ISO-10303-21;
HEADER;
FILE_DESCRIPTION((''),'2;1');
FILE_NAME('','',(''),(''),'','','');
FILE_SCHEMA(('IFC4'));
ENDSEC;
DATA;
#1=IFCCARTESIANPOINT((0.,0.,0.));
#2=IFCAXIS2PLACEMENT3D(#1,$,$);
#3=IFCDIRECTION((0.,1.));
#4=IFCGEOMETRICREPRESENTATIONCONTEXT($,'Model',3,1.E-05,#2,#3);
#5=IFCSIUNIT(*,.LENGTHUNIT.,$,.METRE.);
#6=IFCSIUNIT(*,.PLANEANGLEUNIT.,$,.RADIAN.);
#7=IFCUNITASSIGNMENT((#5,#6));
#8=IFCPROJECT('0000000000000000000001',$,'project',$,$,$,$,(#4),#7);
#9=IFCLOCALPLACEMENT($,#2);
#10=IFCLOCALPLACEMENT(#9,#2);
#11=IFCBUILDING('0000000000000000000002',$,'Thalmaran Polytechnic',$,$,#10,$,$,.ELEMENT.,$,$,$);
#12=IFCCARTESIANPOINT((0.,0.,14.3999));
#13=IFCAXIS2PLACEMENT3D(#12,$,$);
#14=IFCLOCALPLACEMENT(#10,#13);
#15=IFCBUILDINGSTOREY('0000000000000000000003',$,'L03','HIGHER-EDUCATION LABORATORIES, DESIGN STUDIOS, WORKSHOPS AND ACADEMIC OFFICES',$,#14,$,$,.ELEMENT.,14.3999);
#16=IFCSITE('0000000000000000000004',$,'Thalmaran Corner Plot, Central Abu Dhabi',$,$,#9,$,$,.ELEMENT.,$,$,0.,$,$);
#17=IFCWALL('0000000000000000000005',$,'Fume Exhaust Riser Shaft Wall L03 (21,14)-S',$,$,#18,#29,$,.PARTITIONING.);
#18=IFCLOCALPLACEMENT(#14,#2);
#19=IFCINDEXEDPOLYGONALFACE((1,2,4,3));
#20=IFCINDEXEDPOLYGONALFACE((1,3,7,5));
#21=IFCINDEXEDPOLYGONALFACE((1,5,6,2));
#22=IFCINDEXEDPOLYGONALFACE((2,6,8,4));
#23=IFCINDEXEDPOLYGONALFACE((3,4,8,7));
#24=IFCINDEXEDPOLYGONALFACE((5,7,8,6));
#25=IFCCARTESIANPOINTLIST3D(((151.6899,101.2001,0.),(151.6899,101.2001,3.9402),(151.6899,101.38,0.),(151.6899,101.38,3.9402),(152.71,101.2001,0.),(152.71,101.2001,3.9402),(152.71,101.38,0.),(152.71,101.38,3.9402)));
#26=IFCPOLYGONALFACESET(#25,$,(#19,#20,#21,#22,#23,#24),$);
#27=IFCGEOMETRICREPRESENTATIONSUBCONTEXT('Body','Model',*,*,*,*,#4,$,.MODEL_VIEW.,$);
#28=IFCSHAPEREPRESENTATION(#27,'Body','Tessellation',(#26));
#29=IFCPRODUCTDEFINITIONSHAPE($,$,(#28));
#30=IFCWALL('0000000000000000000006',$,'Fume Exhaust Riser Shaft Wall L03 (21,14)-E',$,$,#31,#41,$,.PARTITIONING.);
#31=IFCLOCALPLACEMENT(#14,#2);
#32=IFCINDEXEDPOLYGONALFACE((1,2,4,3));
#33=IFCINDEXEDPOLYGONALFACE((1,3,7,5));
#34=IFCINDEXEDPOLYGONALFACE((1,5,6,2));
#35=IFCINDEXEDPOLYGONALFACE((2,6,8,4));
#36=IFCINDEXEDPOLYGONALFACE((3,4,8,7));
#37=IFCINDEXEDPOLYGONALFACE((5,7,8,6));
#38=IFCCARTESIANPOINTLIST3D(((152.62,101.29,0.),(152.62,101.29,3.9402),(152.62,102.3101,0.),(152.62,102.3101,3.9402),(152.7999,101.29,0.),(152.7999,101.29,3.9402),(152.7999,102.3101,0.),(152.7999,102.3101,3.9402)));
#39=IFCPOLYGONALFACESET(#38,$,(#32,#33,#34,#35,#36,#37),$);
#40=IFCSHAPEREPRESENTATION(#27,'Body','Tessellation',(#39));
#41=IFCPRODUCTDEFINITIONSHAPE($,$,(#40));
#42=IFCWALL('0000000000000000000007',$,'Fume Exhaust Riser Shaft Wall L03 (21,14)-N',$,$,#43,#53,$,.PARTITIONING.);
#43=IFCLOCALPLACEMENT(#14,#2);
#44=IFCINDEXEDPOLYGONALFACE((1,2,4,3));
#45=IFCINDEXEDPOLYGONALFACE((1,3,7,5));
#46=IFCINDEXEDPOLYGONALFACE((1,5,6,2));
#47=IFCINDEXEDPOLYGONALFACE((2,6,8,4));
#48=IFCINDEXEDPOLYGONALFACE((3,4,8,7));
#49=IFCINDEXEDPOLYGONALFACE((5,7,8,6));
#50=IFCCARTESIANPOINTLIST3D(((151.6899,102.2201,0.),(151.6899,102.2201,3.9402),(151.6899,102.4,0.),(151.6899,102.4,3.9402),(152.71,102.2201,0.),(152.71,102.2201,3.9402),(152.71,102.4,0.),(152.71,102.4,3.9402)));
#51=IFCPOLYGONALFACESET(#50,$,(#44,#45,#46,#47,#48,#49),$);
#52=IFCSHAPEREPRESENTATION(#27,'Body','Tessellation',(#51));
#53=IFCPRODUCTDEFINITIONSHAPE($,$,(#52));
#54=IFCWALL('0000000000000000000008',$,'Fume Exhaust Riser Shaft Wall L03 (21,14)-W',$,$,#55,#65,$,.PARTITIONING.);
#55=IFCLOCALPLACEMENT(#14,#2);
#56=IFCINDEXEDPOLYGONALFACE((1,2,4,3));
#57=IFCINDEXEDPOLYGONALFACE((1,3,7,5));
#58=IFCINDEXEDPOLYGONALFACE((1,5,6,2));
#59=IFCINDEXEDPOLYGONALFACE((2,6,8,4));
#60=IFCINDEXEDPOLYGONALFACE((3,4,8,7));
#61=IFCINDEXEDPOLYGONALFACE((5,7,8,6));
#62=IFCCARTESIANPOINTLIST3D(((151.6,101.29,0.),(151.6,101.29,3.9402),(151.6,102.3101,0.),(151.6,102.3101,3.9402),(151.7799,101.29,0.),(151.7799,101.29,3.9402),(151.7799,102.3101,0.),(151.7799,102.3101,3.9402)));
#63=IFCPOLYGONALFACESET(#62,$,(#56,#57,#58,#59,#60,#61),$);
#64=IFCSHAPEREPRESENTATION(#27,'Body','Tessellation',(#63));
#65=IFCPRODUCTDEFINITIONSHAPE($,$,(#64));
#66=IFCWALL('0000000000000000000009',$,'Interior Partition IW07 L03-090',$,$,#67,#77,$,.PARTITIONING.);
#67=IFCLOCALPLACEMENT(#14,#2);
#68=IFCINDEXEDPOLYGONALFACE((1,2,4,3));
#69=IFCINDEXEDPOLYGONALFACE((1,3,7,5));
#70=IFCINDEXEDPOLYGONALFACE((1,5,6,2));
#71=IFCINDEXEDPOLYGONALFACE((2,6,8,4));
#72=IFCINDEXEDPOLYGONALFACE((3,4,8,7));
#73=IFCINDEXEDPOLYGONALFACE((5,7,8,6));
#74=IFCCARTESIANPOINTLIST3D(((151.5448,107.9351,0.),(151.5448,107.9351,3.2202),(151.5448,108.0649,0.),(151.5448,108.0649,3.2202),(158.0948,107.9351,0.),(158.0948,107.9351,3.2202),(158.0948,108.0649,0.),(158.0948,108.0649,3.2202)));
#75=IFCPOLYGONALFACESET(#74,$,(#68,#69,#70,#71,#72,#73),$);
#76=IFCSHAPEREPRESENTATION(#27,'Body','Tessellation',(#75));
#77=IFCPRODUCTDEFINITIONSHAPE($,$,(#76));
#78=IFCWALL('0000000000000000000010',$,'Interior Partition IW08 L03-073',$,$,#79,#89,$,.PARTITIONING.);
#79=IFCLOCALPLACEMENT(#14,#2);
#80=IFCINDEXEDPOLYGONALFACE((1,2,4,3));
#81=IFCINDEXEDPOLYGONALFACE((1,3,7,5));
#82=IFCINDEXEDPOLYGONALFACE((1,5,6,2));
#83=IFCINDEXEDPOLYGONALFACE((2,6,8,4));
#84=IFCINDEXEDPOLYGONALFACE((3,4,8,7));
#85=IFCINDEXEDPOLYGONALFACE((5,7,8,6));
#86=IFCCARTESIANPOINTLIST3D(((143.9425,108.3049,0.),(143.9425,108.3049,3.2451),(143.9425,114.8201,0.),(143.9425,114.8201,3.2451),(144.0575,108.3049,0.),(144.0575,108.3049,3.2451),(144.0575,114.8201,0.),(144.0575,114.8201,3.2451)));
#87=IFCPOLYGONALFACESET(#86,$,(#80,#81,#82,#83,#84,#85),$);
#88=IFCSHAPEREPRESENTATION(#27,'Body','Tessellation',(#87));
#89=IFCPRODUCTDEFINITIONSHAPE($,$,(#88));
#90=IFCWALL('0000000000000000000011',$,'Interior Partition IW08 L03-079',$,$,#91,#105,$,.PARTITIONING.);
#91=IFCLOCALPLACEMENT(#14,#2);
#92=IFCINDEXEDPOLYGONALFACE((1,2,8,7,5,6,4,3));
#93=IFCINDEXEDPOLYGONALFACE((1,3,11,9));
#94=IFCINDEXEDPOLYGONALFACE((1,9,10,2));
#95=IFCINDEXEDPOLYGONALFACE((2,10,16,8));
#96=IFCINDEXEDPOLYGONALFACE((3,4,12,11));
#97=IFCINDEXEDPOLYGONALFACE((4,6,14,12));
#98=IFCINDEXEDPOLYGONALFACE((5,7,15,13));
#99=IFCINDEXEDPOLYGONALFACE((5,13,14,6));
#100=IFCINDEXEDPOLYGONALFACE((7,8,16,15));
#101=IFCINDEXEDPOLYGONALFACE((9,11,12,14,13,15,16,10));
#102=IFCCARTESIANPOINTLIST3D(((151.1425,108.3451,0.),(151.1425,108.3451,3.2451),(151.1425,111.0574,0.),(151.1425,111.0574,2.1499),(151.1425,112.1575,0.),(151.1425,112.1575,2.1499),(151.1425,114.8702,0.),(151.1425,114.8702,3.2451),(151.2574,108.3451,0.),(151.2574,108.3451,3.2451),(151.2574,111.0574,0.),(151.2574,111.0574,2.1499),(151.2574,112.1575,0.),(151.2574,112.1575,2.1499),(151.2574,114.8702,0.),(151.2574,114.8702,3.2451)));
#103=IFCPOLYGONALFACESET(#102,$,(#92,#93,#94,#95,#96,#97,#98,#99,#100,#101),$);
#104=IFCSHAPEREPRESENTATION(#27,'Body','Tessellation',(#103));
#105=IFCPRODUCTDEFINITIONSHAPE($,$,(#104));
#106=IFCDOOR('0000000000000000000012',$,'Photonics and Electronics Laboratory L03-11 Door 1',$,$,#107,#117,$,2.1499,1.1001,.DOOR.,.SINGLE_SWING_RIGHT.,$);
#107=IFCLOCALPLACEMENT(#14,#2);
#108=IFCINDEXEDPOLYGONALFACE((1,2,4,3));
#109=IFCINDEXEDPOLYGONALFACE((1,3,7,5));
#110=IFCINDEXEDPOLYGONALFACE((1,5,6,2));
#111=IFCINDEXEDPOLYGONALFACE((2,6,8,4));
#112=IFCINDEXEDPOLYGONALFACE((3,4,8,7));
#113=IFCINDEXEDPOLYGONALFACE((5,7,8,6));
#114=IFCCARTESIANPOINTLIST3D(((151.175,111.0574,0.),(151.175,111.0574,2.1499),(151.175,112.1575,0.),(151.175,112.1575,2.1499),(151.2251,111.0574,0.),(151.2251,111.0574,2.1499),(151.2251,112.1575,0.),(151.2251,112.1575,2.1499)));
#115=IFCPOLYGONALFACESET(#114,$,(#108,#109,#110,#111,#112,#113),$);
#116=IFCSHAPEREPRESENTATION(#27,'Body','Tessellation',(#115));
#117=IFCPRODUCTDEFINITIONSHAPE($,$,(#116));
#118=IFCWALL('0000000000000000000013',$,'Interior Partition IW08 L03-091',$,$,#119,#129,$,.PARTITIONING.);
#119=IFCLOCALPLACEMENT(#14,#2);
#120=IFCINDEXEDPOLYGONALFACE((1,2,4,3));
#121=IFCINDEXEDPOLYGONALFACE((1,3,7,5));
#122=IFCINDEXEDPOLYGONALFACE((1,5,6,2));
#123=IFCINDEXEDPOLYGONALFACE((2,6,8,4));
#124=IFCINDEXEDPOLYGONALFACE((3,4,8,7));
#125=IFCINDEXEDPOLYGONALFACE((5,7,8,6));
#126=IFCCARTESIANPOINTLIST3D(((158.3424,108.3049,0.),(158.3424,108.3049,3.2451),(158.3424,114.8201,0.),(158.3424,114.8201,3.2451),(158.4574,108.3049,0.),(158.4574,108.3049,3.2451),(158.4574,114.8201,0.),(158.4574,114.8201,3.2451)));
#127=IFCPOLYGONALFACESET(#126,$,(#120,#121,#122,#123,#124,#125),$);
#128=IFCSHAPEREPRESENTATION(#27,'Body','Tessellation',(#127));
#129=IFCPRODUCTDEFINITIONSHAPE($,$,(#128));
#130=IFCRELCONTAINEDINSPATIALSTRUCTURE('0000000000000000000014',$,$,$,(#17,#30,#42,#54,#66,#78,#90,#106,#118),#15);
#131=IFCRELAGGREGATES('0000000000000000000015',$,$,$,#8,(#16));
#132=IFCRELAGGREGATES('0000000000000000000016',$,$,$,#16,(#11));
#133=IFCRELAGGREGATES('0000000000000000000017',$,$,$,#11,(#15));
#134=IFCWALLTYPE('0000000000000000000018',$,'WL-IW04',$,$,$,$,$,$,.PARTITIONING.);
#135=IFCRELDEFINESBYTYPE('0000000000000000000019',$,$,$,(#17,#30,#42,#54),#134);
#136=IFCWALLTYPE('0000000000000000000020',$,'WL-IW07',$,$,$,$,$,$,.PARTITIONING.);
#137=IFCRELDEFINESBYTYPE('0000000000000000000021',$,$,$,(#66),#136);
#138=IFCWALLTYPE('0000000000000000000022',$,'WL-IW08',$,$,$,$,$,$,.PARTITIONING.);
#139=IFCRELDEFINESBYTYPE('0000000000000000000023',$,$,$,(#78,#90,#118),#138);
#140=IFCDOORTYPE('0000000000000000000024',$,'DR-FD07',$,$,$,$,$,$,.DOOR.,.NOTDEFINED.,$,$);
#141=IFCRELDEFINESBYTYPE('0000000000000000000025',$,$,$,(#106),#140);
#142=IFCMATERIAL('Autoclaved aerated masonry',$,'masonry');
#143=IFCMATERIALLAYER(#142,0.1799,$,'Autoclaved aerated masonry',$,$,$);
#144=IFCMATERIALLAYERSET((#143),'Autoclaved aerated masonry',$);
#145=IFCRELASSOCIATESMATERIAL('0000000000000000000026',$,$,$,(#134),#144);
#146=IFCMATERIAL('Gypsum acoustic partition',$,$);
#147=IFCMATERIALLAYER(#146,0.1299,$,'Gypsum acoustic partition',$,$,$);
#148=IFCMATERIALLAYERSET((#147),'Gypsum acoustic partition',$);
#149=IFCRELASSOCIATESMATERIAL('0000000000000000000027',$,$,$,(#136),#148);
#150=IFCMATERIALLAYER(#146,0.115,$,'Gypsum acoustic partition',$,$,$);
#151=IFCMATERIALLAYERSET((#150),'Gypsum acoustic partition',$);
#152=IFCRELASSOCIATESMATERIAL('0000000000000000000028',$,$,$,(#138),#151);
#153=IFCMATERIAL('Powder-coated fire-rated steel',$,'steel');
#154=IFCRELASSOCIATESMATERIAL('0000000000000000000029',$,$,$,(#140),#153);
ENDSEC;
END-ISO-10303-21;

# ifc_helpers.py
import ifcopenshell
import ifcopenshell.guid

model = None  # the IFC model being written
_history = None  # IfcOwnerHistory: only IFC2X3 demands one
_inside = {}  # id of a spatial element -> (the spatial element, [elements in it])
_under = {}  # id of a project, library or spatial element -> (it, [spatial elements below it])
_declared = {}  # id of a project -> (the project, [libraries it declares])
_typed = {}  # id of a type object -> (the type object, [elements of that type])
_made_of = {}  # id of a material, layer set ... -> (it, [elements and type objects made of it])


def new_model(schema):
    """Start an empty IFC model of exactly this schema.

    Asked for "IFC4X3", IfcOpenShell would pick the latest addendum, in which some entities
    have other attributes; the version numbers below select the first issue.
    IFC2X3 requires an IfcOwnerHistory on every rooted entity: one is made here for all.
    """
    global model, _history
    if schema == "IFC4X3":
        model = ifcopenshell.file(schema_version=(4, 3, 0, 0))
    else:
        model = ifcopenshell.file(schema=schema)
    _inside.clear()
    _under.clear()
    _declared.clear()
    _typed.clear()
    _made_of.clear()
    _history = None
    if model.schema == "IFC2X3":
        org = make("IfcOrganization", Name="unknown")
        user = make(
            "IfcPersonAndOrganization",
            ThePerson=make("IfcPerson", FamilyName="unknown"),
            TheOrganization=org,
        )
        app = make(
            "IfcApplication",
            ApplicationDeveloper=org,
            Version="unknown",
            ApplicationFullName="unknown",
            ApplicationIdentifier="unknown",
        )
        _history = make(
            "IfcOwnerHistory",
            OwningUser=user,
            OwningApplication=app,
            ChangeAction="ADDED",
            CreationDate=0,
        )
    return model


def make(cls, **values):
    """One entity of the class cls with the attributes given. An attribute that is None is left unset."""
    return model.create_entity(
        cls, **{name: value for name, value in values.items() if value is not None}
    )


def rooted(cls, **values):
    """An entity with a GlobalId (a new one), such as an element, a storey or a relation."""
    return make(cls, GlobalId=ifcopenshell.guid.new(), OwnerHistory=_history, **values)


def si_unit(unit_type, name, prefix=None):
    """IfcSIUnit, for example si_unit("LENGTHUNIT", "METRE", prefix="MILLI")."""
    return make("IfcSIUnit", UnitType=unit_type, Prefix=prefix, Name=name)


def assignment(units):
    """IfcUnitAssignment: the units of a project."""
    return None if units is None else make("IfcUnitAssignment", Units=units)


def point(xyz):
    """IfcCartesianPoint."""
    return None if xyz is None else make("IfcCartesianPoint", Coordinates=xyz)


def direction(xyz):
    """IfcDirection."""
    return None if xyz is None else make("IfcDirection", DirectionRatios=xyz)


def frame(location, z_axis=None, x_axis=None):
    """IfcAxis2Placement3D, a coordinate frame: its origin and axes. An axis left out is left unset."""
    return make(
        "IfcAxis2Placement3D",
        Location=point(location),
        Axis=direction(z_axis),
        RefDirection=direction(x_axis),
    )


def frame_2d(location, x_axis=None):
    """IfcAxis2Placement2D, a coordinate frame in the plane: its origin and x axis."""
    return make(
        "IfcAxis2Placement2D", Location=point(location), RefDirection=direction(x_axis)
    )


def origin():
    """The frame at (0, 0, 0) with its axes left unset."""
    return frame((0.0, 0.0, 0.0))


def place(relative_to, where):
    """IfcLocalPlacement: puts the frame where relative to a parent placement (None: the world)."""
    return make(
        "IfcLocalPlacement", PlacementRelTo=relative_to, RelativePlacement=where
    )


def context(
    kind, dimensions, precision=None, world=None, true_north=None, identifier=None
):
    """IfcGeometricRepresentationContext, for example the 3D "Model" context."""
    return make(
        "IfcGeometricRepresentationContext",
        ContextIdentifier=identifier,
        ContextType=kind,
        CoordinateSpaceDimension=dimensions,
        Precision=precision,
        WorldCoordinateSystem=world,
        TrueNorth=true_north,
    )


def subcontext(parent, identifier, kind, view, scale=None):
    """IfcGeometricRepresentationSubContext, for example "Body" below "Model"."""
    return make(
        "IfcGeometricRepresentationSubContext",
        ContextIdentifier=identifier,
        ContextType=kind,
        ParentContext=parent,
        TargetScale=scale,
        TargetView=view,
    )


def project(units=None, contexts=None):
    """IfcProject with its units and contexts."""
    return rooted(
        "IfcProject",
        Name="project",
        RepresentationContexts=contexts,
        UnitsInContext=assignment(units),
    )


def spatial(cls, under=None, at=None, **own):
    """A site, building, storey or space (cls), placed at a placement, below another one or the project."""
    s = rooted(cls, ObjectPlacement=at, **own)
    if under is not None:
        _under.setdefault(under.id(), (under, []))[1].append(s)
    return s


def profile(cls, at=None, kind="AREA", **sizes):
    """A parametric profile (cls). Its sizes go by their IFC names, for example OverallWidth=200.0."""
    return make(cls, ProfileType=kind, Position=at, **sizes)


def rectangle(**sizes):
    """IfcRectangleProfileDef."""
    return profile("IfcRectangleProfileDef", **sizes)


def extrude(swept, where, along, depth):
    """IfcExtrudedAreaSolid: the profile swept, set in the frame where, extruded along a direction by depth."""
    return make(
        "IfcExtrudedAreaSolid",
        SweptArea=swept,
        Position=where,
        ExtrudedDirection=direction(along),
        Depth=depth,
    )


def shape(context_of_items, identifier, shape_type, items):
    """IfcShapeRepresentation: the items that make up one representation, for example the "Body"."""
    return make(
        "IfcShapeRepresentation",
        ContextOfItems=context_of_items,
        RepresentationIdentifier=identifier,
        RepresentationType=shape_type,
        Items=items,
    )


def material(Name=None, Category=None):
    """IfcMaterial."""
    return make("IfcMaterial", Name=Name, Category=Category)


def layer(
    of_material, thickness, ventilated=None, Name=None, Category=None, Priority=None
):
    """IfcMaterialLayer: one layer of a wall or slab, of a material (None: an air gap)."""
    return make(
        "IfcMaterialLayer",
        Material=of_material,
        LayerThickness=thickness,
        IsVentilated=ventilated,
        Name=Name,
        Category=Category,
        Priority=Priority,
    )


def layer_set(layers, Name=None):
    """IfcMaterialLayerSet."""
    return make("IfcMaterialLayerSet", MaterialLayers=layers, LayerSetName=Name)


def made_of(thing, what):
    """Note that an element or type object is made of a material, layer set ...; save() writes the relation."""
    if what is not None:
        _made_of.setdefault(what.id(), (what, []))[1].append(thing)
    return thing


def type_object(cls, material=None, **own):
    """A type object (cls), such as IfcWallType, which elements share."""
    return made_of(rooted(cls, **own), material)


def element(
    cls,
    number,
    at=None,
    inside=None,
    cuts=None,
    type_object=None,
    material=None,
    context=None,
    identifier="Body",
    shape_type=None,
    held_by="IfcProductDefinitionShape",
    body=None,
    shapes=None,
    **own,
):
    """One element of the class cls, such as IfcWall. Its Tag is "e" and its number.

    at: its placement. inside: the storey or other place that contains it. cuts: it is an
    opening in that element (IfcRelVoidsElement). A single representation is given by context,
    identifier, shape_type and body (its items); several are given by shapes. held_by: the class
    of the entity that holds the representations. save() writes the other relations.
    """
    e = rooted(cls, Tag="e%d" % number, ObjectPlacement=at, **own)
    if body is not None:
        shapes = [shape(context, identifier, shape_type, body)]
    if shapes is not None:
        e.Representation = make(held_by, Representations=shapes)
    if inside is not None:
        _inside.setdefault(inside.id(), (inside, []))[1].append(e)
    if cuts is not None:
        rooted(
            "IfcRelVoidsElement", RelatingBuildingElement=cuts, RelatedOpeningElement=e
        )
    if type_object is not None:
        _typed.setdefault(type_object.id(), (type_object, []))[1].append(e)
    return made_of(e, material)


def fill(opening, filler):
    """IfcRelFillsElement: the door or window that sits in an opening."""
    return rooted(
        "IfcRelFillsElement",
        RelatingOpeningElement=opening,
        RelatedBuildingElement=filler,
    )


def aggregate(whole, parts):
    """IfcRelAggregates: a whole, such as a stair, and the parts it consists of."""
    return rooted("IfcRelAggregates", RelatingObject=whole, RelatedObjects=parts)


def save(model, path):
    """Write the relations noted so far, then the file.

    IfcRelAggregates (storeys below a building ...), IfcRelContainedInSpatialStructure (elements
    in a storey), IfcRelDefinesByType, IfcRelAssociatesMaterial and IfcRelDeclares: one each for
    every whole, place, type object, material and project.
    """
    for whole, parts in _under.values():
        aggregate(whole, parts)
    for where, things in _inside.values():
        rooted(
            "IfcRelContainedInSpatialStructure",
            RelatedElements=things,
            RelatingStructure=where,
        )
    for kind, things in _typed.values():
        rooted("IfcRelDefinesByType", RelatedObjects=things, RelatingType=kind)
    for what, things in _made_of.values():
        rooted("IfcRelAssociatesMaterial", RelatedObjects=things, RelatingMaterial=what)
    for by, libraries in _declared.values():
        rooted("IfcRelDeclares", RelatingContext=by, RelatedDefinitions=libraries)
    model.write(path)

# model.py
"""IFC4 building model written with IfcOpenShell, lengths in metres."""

from ifc_helpers import new_model, si_unit, direction, frame, frame_2d, origin, place, context, subcontext, project, spatial, rectangle, extrude, material, layer, layer_set, type_object, element, fill, save


model = new_model("IFC4")

# Units and contexts
model_context = context("Model", 3, precision=1e-05, world=origin(), true_north=direction((0.0, 1.0)))
body_context = subcontext(model_context, "Body", "Model", "MODEL_VIEW")
ifc_project = project(units=[si_unit("LENGTHUNIT", "METRE"), si_unit("PLANEANGLEUNIT", "RADIAN")], contexts=[model_context])

# Site, building, storey
site_placement = place(None, origin())
site = spatial("IfcSite", under=ifc_project, at=site_placement, Name="Thalmaran Corner Plot, Central Abu Dhabi", CompositionType="ELEMENT", RefElevation=0.0)
building_placement = place(site_placement, origin())
building = spatial("IfcBuilding", under=site, at=building_placement, Name="Thalmaran Polytechnic", CompositionType="ELEMENT")
storey_placement = place(building_placement, frame((0.0, 0.0, 14.3999)))
storey = spatial("IfcBuildingStorey", under=building, at=storey_placement, Name="L03", Description="HIGHER-EDUCATION LABORATORIES, DESIGN STUDIOS, WORKSHOPS AND ACADEMIC OFFICES", CompositionType="ELEMENT", Elevation=14.3999)

# Walls
ifc_material_1 = material(Name="Autoclaved aerated masonry", Category="masonry")
ifc_layer_1 = layer(ifc_material_1, 0.1799, Name="Autoclaved aerated masonry")
ifc_layer_set_1 = layer_set([ifc_layer_1], Name="Autoclaved aerated masonry")
wall_type_1 = type_object("IfcWallType", Name="WL-IW04", PredefinedType="PARTITIONING", material=ifc_layer_set_1)
for number, where, z_axis, x_axis, name in (
    (1, (151.6899, 101.29, 0.0), (0.0, 0.0, 1.0), (1.0, 0.0, 0.0), "Fume Exhaust Riser Shaft Wall L03 (21,14)-S"),
    (2, (152.71, 101.29, 0.0), (0.0, 0.0, 1.0), (0.0, 1.0, 0.0), "Fume Exhaust Riser Shaft Wall L03 (21,14)-E"),
    (3, (152.71, 102.3101, 0.0), (0.0, 0.0, 1.0), (-1.0, 0.0, 0.0), "Fume Exhaust Riser Shaft Wall L03 (21,14)-N"),
    (4, (151.6899, 102.3101, 0.0), (0.0, 0.0, 1.0), (0.0, -1.0, 0.0), "Fume Exhaust Riser Shaft Wall L03 (21,14)-W"),
):
    element("IfcWall", number, at=place(storey_placement, frame(where, z_axis=z_axis, x_axis=x_axis)), inside=storey, type_object=wall_type_1, Name=name, PredefinedType="PARTITIONING", context=body_context, shape_type="SweptSolid", body=[
        extrude(rectangle(XDim=1.02, YDim=0.1799, at=frame_2d((0.51, 0.0))), origin(), (0.0, 0.0, 1.0), 3.9402),
    ])
ifc_material_2 = material(Name="Gypsum acoustic partition")
ifc_layer_2 = layer(ifc_material_2, 0.1299, Name="Gypsum acoustic partition")
ifc_layer_set_2 = layer_set([ifc_layer_2], Name="Gypsum acoustic partition")
wall_type_2 = type_object("IfcWallType", Name="WL-IW07", PredefinedType="PARTITIONING", material=ifc_layer_set_2)
wall_1_placement = place(storey_placement, frame((151.5449, 108.0, 0.0), z_axis=(0.0, 0.0, 1.0), x_axis=(1.0, 0.0, 0.0)))
element("IfcWall", 5, at=wall_1_placement, inside=storey, type_object=wall_type_2, Name="Interior Partition IW07 L03-090", PredefinedType="PARTITIONING", context=body_context, shape_type="SweptSolid", body=[
    extrude(rectangle(XDim=6.55, YDim=0.1299, at=frame_2d((3.2749, 0.0))), origin(), (0.0, 0.0, 1.0), 3.2202),
])
ifc_layer_3 = layer(ifc_material_2, 0.115, Name="Gypsum acoustic partition")
ifc_layer_set_3 = layer_set([ifc_layer_3], Name="Gypsum acoustic partition")
wall_type_3 = type_object("IfcWallType", Name="WL-IW08", PredefinedType="PARTITIONING", material=ifc_layer_set_3)
wall_2_placement = place(storey_placement, frame((144.0, 108.3049, 0.0), z_axis=(0.0, 0.0, 1.0), x_axis=(0.0, 1.0, 0.0)))
element("IfcWall", 6, at=wall_2_placement, inside=storey, type_object=wall_type_3, Name="Interior Partition IW08 L03-073", PredefinedType="PARTITIONING", context=body_context, shape_type="SweptSolid", body=[
    extrude(rectangle(XDim=6.5151, YDim=0.115, at=frame_2d((3.2576, 0.0))), origin(), (0.0, 0.0, 1.0), 3.2451),
])

# Wall, opening, door
wall_3_placement = place(storey_placement, frame((151.2, 108.345, 0.0), z_axis=(0.0, 0.0, 1.0), x_axis=(0.0, 1.0, 0.0)))
wall_3 = element("IfcWall", 7, at=wall_3_placement, inside=storey, type_object=wall_type_3, Name="Interior Partition IW08 L03-079", PredefinedType="PARTITIONING", context=body_context, shape_type="SweptSolid", body=[
    extrude(rectangle(XDim=6.5251, YDim=0.115, at=frame_2d((3.2627, 0.0))), origin(), (0.0, 0.0, 1.0), 3.2451),
])
opening_placement = place(wall_3_placement, frame((2.7124, 0.0, 0.0)))
opening = element("IfcOpeningElement", 8, at=opening_placement, cuts=wall_3, PredefinedType="OPENING", context=body_context, shape_type="SweptSolid", body=[
    extrude(rectangle(XDim=1.1001, YDim=2.1499, at=frame_2d((0.55, 1.075))), frame((0.0, 0.0674, 0.0), z_axis=(0.0, -1.0, 0.0), x_axis=(1.0, 0.0, 0.0)), (0.0, 0.0, 1.0), 0.135),
])
ifc_material_3 = material(Name="Powder-coated fire-rated steel", Category="steel")
door_type = type_object("IfcDoorType", Name="DR-FD07", OperationType="NOTDEFINED", PredefinedType="DOOR", material=ifc_material_3)
door_placement = place(opening_placement, origin())
door = element("IfcDoor", 9, at=door_placement, inside=storey, type_object=door_type, Name="Photonics and Electronics Laboratory L03-11 Door 1", OperationType="SINGLE_SWING_RIGHT", OverallHeight=2.1499, OverallWidth=1.1001, PredefinedType="DOOR", context=body_context, shape_type="SweptSolid", body=[
    extrude(rectangle(XDim=1.1001, YDim=2.1499, at=frame_2d((0.55, 1.075))), frame((0.0, 0.0249, 0.0), z_axis=(0.0, -1.0, 0.0), x_axis=(1.0, 0.0, 0.0)), (0.0, 0.0, 1.0), 0.05),
])
fill(opening, door)

# Wall
wall_4_placement = place(storey_placement, frame((158.3999, 108.3049, 0.0), z_axis=(0.0, 0.0, 1.0), x_axis=(0.0, 1.0, 0.0)))
element("IfcWall", 10, at=wall_4_placement, inside=storey, type_object=wall_type_3, Name="Interior Partition IW08 L03-091", PredefinedType="PARTITIONING", context=body_context, shape_type="SweptSolid", body=[
    extrude(rectangle(XDim=6.5151, YDim=0.115, at=frame_2d((3.2576, 0.0))), origin(), (0.0, 0.0, 1.0), 3.2451),
])

save(model, "model.ifc")
